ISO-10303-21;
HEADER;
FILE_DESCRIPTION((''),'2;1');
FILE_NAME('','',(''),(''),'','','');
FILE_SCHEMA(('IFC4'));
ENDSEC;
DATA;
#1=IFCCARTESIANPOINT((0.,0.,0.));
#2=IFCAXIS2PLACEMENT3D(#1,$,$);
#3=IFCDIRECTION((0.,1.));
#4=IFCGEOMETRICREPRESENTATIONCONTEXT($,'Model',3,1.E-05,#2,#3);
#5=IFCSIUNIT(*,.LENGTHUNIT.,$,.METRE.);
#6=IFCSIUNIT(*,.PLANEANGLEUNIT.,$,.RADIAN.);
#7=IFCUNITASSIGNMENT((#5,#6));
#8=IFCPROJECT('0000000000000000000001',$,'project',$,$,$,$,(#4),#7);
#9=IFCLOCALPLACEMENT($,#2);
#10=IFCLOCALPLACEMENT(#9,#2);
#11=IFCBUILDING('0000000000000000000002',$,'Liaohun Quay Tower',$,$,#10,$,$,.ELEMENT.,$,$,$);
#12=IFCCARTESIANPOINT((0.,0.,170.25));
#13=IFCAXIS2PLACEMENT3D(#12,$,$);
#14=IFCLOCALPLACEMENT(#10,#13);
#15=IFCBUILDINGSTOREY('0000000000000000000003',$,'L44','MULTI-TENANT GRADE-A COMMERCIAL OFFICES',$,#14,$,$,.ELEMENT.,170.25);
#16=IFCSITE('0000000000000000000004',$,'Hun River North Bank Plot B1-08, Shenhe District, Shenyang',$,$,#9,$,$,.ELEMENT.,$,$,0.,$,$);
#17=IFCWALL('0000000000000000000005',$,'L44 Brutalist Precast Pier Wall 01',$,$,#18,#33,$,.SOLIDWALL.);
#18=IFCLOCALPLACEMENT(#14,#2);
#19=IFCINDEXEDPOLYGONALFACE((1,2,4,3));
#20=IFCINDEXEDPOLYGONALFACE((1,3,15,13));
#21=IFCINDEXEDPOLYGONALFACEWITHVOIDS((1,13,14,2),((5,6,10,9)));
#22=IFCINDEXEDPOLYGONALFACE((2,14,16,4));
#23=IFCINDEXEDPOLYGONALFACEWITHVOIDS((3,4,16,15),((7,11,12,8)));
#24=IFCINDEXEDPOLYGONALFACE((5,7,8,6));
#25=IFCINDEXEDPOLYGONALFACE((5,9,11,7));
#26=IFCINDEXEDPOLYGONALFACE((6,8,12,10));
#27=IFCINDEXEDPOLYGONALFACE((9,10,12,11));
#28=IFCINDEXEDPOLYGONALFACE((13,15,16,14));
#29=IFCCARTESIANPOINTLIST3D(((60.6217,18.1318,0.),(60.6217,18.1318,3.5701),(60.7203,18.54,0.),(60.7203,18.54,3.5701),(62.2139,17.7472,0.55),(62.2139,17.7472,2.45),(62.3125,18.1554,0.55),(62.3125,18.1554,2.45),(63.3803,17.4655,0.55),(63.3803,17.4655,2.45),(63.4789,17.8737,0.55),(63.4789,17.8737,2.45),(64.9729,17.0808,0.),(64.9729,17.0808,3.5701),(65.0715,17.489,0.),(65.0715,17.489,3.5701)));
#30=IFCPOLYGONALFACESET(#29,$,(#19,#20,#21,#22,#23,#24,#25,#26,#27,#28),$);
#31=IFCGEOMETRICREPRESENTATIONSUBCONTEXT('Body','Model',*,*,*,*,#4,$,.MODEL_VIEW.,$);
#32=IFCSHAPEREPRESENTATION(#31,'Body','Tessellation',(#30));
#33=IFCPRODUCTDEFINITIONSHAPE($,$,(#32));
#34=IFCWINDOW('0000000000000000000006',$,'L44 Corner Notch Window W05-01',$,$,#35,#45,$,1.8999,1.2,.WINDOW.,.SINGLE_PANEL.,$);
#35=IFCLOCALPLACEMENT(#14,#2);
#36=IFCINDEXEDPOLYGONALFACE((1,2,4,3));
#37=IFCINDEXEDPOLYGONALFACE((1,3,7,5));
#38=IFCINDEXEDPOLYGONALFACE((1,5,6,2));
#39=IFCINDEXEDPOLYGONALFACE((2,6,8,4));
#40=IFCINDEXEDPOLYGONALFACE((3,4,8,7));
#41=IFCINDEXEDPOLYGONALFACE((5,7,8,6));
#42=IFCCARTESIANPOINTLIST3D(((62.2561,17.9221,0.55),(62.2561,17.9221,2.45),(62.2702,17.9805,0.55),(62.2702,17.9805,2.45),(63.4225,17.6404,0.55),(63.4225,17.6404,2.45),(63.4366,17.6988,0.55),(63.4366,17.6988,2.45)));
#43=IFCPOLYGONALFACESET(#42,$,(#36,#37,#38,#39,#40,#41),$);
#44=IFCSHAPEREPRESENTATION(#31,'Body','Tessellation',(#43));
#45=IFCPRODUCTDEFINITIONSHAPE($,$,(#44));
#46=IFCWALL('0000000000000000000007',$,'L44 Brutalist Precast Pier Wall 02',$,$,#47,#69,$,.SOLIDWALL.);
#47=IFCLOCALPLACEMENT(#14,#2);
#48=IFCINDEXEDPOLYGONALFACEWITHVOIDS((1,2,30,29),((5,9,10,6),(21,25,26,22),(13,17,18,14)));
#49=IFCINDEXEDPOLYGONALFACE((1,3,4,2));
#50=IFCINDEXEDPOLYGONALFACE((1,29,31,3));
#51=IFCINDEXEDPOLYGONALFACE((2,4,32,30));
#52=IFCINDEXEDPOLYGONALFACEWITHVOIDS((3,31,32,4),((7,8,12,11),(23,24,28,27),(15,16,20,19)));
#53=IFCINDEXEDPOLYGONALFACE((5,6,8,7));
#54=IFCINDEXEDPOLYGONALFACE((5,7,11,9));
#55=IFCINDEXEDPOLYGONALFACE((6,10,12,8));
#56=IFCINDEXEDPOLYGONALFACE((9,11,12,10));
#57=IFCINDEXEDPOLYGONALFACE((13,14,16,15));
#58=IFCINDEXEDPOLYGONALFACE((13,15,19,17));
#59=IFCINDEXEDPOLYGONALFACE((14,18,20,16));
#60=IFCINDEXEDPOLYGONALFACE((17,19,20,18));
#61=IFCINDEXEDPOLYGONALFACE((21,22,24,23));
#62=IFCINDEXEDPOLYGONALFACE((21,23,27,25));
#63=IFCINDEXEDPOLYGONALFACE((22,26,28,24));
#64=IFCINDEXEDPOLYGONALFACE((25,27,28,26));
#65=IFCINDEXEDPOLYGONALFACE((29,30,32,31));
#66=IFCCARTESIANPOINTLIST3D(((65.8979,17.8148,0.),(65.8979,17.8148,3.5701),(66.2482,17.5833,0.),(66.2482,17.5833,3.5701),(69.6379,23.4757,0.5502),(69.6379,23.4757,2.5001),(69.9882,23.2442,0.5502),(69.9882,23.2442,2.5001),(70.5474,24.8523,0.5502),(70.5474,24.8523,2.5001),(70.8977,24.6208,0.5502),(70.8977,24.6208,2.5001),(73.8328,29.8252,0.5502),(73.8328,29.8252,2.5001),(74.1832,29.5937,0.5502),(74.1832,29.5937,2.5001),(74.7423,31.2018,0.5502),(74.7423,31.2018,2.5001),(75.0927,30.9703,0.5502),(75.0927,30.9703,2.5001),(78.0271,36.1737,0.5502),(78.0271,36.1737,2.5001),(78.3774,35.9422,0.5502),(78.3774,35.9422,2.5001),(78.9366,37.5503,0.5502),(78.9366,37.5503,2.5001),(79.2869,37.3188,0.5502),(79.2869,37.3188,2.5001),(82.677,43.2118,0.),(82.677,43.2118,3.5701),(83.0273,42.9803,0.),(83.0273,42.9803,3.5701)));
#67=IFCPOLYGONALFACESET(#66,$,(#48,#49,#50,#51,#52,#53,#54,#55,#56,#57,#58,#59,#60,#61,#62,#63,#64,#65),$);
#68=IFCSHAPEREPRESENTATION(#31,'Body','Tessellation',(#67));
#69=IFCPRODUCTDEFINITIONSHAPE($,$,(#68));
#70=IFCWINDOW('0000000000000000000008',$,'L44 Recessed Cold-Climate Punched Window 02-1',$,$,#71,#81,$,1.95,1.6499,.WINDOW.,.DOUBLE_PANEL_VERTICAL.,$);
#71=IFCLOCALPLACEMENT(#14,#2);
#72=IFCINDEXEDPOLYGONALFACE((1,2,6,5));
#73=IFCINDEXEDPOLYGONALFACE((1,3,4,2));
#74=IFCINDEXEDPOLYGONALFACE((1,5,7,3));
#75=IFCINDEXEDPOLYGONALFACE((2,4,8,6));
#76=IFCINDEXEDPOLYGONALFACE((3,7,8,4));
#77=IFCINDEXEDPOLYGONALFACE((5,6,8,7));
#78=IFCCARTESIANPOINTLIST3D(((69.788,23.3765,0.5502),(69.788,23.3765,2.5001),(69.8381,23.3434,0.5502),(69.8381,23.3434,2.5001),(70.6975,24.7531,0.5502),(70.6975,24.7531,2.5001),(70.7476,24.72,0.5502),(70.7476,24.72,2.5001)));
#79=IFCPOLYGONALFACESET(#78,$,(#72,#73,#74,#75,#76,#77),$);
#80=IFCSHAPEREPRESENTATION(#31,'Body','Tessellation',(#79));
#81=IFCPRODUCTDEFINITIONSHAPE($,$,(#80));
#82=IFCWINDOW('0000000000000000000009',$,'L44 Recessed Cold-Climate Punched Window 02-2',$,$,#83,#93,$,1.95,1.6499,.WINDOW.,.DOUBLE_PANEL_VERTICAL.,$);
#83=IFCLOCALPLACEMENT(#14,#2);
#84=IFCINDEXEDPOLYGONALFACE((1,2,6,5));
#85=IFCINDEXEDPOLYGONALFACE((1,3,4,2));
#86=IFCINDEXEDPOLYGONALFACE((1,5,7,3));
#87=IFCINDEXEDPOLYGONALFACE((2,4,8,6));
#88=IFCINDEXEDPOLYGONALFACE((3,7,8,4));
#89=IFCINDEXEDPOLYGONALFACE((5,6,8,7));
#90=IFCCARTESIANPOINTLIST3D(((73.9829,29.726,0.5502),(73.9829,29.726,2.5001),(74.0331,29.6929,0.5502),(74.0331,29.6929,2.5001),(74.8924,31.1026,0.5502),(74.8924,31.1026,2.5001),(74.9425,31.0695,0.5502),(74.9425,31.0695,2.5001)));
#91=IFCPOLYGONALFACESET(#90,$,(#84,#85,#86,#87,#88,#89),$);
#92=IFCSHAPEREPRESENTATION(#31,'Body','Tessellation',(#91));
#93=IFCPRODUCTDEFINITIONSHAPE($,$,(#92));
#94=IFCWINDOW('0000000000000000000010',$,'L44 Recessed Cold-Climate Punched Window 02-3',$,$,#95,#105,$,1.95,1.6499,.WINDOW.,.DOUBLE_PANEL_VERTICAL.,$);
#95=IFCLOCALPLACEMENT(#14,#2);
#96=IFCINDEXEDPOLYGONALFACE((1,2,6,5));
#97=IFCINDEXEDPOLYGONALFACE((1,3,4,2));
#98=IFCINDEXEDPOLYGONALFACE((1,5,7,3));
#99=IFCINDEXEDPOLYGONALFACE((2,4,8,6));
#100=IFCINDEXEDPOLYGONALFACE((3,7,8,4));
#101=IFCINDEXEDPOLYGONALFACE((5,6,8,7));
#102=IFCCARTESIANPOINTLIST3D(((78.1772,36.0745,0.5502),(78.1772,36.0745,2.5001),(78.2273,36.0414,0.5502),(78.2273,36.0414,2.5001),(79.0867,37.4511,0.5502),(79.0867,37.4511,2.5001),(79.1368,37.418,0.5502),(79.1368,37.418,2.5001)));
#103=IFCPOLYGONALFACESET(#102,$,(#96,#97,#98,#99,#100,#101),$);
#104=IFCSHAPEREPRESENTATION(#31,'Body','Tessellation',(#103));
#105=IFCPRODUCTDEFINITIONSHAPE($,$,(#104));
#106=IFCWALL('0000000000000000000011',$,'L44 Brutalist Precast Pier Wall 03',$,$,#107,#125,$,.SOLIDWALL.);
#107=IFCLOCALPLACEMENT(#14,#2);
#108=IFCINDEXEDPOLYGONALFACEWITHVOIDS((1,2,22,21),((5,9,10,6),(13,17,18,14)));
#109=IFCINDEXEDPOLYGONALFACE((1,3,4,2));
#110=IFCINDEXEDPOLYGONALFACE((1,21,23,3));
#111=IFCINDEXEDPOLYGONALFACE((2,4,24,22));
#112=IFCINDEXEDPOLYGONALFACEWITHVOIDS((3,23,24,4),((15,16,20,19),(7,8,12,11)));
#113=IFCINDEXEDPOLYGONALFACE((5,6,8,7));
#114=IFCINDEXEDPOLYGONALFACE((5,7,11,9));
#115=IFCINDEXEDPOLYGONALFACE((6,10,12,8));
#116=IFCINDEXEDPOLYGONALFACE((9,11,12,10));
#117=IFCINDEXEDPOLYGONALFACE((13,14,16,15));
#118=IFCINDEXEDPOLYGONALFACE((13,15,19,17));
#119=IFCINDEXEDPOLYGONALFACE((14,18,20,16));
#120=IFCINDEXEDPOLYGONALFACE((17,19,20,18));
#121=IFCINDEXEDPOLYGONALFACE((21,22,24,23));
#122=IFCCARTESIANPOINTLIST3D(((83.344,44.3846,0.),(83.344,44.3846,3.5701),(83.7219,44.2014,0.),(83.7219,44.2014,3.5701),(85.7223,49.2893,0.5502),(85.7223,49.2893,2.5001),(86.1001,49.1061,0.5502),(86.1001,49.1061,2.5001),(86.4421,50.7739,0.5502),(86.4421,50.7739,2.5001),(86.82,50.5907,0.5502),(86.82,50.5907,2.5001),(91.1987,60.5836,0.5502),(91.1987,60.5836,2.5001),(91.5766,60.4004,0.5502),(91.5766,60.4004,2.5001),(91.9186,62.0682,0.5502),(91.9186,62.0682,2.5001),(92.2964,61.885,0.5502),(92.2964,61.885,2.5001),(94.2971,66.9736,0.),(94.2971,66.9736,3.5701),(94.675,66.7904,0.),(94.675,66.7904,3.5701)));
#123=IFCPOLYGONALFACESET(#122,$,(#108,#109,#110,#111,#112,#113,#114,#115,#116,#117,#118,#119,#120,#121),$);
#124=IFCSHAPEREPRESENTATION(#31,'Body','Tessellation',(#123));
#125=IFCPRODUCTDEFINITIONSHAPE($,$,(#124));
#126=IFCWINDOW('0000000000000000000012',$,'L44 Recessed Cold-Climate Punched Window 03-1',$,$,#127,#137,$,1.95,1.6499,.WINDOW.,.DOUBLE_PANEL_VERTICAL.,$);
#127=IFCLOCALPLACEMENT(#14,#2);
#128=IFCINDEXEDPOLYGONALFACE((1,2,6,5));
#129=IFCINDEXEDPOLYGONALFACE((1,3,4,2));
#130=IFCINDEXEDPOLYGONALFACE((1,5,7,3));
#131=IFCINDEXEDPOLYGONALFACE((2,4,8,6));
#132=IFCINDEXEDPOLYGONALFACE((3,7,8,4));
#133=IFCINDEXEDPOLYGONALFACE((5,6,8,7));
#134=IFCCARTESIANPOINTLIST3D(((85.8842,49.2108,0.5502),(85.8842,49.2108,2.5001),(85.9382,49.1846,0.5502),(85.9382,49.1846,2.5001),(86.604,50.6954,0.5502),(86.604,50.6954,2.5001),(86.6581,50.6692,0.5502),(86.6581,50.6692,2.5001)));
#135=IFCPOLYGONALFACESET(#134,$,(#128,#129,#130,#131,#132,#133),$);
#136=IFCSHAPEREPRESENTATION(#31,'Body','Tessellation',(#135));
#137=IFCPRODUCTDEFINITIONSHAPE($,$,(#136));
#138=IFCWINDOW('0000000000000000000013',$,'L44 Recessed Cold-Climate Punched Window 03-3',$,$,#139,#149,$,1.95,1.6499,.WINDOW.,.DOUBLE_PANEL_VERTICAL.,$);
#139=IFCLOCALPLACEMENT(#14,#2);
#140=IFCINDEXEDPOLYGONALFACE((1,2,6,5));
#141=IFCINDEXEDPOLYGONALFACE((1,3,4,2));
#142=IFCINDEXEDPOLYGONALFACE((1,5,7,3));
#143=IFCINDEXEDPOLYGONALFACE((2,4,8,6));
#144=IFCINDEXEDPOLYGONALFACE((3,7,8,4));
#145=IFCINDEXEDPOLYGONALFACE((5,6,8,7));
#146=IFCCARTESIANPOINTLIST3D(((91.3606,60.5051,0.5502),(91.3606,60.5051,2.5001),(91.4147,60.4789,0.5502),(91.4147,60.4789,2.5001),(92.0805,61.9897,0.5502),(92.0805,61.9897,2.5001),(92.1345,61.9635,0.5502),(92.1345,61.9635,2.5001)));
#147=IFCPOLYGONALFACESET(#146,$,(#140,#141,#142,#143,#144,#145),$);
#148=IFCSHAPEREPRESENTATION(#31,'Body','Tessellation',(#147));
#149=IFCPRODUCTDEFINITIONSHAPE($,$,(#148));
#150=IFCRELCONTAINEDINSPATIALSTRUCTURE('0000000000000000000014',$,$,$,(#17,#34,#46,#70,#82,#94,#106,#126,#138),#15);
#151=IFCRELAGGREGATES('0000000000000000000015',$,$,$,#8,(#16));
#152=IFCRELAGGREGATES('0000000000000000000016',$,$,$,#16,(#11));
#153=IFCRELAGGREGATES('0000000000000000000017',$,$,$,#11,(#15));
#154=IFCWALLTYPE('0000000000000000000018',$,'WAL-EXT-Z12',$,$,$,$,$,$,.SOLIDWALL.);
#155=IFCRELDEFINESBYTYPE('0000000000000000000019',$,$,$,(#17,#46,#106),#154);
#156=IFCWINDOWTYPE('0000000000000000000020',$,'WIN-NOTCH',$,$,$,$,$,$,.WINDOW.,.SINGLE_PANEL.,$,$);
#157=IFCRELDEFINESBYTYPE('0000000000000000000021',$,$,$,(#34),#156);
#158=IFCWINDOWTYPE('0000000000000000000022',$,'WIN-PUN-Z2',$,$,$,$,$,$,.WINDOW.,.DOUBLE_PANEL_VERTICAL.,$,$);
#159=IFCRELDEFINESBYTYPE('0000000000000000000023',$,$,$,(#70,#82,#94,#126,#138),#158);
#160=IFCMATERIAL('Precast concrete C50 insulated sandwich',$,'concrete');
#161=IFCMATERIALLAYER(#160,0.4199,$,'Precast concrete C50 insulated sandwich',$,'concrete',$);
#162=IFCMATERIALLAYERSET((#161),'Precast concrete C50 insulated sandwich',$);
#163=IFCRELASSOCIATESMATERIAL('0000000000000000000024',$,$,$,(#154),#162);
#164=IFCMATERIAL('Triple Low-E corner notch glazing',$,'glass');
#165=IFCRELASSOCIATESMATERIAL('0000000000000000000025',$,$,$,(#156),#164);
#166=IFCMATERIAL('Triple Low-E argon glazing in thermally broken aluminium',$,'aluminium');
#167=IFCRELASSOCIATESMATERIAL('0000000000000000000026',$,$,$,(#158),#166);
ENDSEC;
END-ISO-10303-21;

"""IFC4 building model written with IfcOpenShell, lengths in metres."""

from ifc_helpers import new_model, si_unit, direction, frame, frame_2d, origin, place, context, subcontext, project, spatial, rectangle, extrude, source, transform, mapped, material, layer, layer_set, type_object, element, fill, save


model = new_model("IFC4")

# Units and contexts
model_context = context("Model", 3, precision=1e-05, world=origin(), true_north=direction((0.0, 1.0)))
body_context = subcontext(model_context, "Body", "Model", "MODEL_VIEW")
ifc_project = project(units=[si_unit("LENGTHUNIT", "METRE"), si_unit("PLANEANGLEUNIT", "RADIAN")], contexts=[model_context])

# Site, building, storey
site_placement = place(None, origin())
site = spatial("IfcSite", under=ifc_project, at=site_placement, Name="Hun River North Bank Plot B1-08, Shenhe District, Shenyang", CompositionType="ELEMENT", RefElevation=0.0)
building_placement = place(site_placement, origin())
building = spatial("IfcBuilding", under=site, at=building_placement, Name="Liaohun Quay Tower", CompositionType="ELEMENT")
storey_placement = place(building_placement, frame((0.0, 0.0, 170.25)))
storey = spatial("IfcBuildingStorey", under=building, at=storey_placement, Name="L44", Description="MULTI-TENANT GRADE-A COMMERCIAL OFFICES", CompositionType="ELEMENT", Elevation=170.25)

# Wall, opening, window
ifc_material_1 = material(Name="Precast concrete C50 insulated sandwich", Category="concrete")
ifc_layer_1 = layer(ifc_material_1, 0.4199, Name="Precast concrete C50 insulated sandwich", Category="concrete")
ifc_layer_set_1 = layer_set([ifc_layer_1], Name="Precast concrete C50 insulated sandwich")
wall_type_1 = type_object("IfcWallType", Name="WAL-EXT-Z12", PredefinedType="SOLIDWALL", material=ifc_layer_set_1)
wall_1_placement = place(storey_placement, frame((60.6709, 18.3359, 0.0), z_axis=(0.0, 0.0, 1.0), x_axis=(0.972043, -0.234802, 0.0)))
wall_1 = element("IfcWall", 1, at=wall_1_placement, inside=storey, type_object=wall_type_1, Name="L44 Brutalist Precast Pier Wall 01", PredefinedType="SOLIDWALL", context=body_context, shape_type="SweptSolid", body=[
    extrude(rectangle(XDim=4.4763, YDim=0.4199, at=frame_2d((2.2383, 0.0))), origin(), (0.0, 0.0, 1.0), 3.5701),
])
shared_shape_1 = source(origin(), body_context, "Body", "SweptSolid", [
    extrude(rectangle(XDim=1.2, YDim=1.8999, at=frame_2d((0.6001, 0.95))), frame((0.0, 0.22, 0.0), z_axis=(0.0, -1.0, 0.0), x_axis=(1.0, 0.0, 0.0)), (0.0, 0.0, 1.0), 0.4399),
])
opening_1_placement = place(wall_1_placement, frame((1.6379, 0.0, 0.55)))
opening_1 = element("IfcOpeningElement", 2, at=opening_1_placement, cuts=wall_1, PredefinedType="OPENING", context=body_context, shape_type="MappedRepresentation", body=[
    mapped(shared_shape_1, transform((0.0, 0.0, 0.0), x_axis=(1.0, 0.0, 0.0), y_axis=(0.0, 1.0, 0.0), z_axis=(0.0, 0.0, 1.0), scale=1.0)),
])
ifc_material_2 = material(Name="Triple Low-E corner notch glazing", Category="glass")
window_type_1 = type_object("IfcWindowType", Name="WIN-NOTCH", PartitioningType="SINGLE_PANEL", PredefinedType="WINDOW", material=ifc_material_2)
shared_shape_2 = source(origin(), body_context, "Body", "SweptSolid", [
    extrude(rectangle(XDim=1.2, YDim=1.8999, at=frame_2d((0.6001, 0.95))), frame((0.0, 0.03, 0.0), z_axis=(0.0, -1.0, 0.0), x_axis=(1.0, 0.0, 0.0)), (0.0, 0.0, 1.0), 0.0601),
])
window_1_placement = place(opening_1_placement, origin())
window_1 = element("IfcWindow", 3, at=window_1_placement, inside=storey, type_object=window_type_1, Name="L44 Corner Notch Window W05-01", OverallHeight=1.8999, OverallWidth=1.2, PartitioningType="SINGLE_PANEL", PredefinedType="WINDOW", context=body_context, shape_type="MappedRepresentation", body=[
    mapped(shared_shape_2, transform((0.0, 0.0, 0.0), x_axis=(1.0, 0.0, 0.0), y_axis=(0.0, 1.0, 0.0), z_axis=(0.0, 0.0, 1.0), scale=1.0)),
])
fill(opening_1, window_1)

# Walls, openings, windows
wall_2_placement = place(storey_placement, frame((66.073, 17.699, 0.0), z_axis=(0.0, 0.0, 1.0), x_axis=(0.551232, 0.834352, 0.0)))
wall_2 = element("IfcWall", 4, at=wall_2_placement, inside=storey, type_object=wall_type_1, Name="L44 Brutalist Precast Pier Wall 02", PredefinedType="SOLIDWALL", context=body_context, shape_type="SweptSolid", body=[
    extrude(rectangle(XDim=30.4392, YDim=0.4199, at=frame_2d((15.2197, 0.0))), origin(), (0.0, 0.0, 1.0), 3.5701),
])
shared_shape_3 = source(origin(), body_context, "Body", "SweptSolid", [
    extrude(rectangle(XDim=1.6499, YDim=1.95, at=frame_2d((0.825, 0.9751))), frame((0.0, 0.22, 0.0), z_axis=(0.0, -1.0, 0.0), x_axis=(1.0, 0.0, 0.0)), (0.0, 0.0, 1.0), 0.4399),
])
opening_2_placement = place(wall_2_placement, frame((6.7849, 0.0, 0.55)))
opening_2 = element("IfcOpeningElement", 5, at=opening_2_placement, cuts=wall_2, PredefinedType="OPENING", context=body_context, shape_type="MappedRepresentation", body=[
    mapped(shared_shape_3, transform((0.0, 0.0, 0.0), x_axis=(1.0, 0.0, 0.0), y_axis=(0.0, 1.0, 0.0), z_axis=(0.0, 0.0, 1.0), scale=1.0)),
])
opening_3_placement = place(wall_2_placement, frame((14.395, 0.0, 0.55)))
opening_3 = element("IfcOpeningElement", 6, at=opening_3_placement, cuts=wall_2, PredefinedType="OPENING", context=body_context, shape_type="MappedRepresentation", body=[
    mapped(shared_shape_3, transform((0.0, 0.0, 0.0), x_axis=(1.0, 0.0, 0.0), y_axis=(0.0, 1.0, 0.0), z_axis=(0.0, 0.0, 1.0), scale=1.0)),
])
opening_4_placement = place(wall_2_placement, frame((22.0039, 0.0, 0.55)))
opening_4 = element("IfcOpeningElement", 7, at=opening_4_placement, cuts=wall_2, PredefinedType="OPENING", context=body_context, shape_type="MappedRepresentation", body=[
    mapped(shared_shape_3, transform((0.0, 0.0, 0.0), x_axis=(1.0, 0.0, 0.0), y_axis=(0.0, 1.0, 0.0), z_axis=(0.0, 0.0, 1.0), scale=1.0)),
])
ifc_material_3 = material(Name="Triple Low-E argon glazing in thermally broken aluminium", Category="aluminium")
window_type_2 = type_object("IfcWindowType", Name="WIN-PUN-Z2", PartitioningType="DOUBLE_PANEL_VERTICAL", PredefinedType="WINDOW", material=ifc_material_3)
shared_shape_4 = source(origin(), body_context, "Body", "SweptSolid", [
    extrude(rectangle(XDim=1.6499, YDim=1.95, at=frame_2d((0.825, 0.9751))), frame((0.0, 0.03, 0.0), z_axis=(0.0, -1.0, 0.0), x_axis=(1.0, 0.0, 0.0)), (0.0, 0.0, 1.0), 0.0601),
])
window_2_placement = place(opening_2_placement, origin())
window_2 = element("IfcWindow", 8, at=window_2_placement, inside=storey, type_object=window_type_2, Name="L44 Recessed Cold-Climate Punched Window 02-1", OverallHeight=1.95, OverallWidth=1.6499, PartitioningType="DOUBLE_PANEL_VERTICAL", PredefinedType="WINDOW", context=body_context, shape_type="MappedRepresentation", body=[
    mapped(shared_shape_4, transform((0.0, 0.0, 0.0), x_axis=(1.0, 0.0, 0.0), y_axis=(0.0, 1.0, 0.0), z_axis=(0.0, 0.0, 1.0), scale=1.0)),
])
fill(opening_2, window_2)
window_3_placement = place(opening_3_placement, origin())
window_3 = element("IfcWindow", 9, at=window_3_placement, inside=storey, type_object=window_type_2, Name="L44 Recessed Cold-Climate Punched Window 02-2", OverallHeight=1.95, OverallWidth=1.6499, PartitioningType="DOUBLE_PANEL_VERTICAL", PredefinedType="WINDOW", context=body_context, shape_type="MappedRepresentation", body=[
    mapped(shared_shape_4, transform((0.0, 0.0, 0.0), x_axis=(1.0, 0.0, 0.0), y_axis=(0.0, 1.0, 0.0), z_axis=(0.0, 0.0, 1.0), scale=1.0)),
])
fill(opening_3, window_3)
window_4_placement = place(opening_4_placement, origin())
window_4 = element("IfcWindow", 10, at=window_4_placement, inside=storey, type_object=window_type_2, Name="L44 Recessed Cold-Climate Punched Window 02-3", OverallHeight=1.95, OverallWidth=1.6499, PartitioningType="DOUBLE_PANEL_VERTICAL", PredefinedType="WINDOW", context=body_context, shape_type="MappedRepresentation", body=[
    mapped(shared_shape_4, transform((0.0, 0.0, 0.0), x_axis=(1.0, 0.0, 0.0), y_axis=(0.0, 1.0, 0.0), z_axis=(0.0, 0.0, 1.0), scale=1.0)),
])
fill(opening_4, window_4)
wall_3_placement = place(storey_placement, frame((83.533, 44.293, 0.0), z_axis=(0.0, 0.0, 1.0), x_axis=(0.4363, 0.899801, 0.0)))
wall_3 = element("IfcWall", 11, at=wall_3_placement, inside=storey, type_object=wall_type_1, Name="L44 Brutalist Precast Pier Wall 03", PredefinedType="SOLIDWALL", context=body_context, shape_type="SweptSolid", body=[
    extrude(rectangle(XDim=25.1045, YDim=0.4199, at=frame_2d((12.5522, 0.0))), origin(), (0.0, 0.0, 1.0), 3.5701),
])
opening_5_placement = place(wall_3_placement, frame((5.4509, 0.0, 0.55)))
opening_5 = element("IfcOpeningElement", 12, at=opening_5_placement, cuts=wall_3, PredefinedType="OPENING", context=body_context, shape_type="MappedRepresentation", body=[
    mapped(shared_shape_3, transform((0.0, 0.0, 0.0), x_axis=(1.0, 0.0, 0.0), y_axis=(0.0, 1.0, 0.0), z_axis=(0.0, 0.0, 1.0), scale=1.0)),
])
opening_6_placement = place(wall_3_placement, frame((18.0029, 0.0, 0.55)))
opening_6 = element("IfcOpeningElement", 13, at=opening_6_placement, cuts=wall_3, PredefinedType="OPENING", context=body_context, shape_type="MappedRepresentation", body=[
    mapped(shared_shape_3, transform((0.0, 0.0, 0.0), x_axis=(1.0, 0.0, 0.0), y_axis=(0.0, 1.0, 0.0), z_axis=(0.0, 0.0, 1.0), scale=1.0)),
])
window_5_placement = place(opening_5_placement, origin())
window_5 = element("IfcWindow", 14, at=window_5_placement, inside=storey, type_object=window_type_2, Name="L44 Recessed Cold-Climate Punched Window 03-1", OverallHeight=1.95, OverallWidth=1.6499, PartitioningType="DOUBLE_PANEL_VERTICAL", PredefinedType="WINDOW", context=body_context, shape_type="MappedRepresentation", body=[
    mapped(shared_shape_4, transform((0.0, 0.0, 0.0), x_axis=(1.0, 0.0, 0.0), y_axis=(0.0, 1.0, 0.0), z_axis=(0.0, 0.0, 1.0), scale=1.0)),
])
fill(opening_5, window_5)
window_6_placement = place(opening_6_placement, origin())
window_6 = element("IfcWindow", 15, at=window_6_placement, inside=storey, type_object=window_type_2, Name="L44 Recessed Cold-Climate Punched Window 03-3", OverallHeight=1.95, OverallWidth=1.6499, PartitioningType="DOUBLE_PANEL_VERTICAL", PredefinedType="WINDOW", context=body_context, shape_type="MappedRepresentation", body=[
    mapped(shared_shape_4, transform((0.0, 0.0, 0.0), x_axis=(1.0, 0.0, 0.0), y_axis=(0.0, 1.0, 0.0), z_axis=(0.0, 0.0, 1.0), scale=1.0)),
])
fill(opening_6, window_6)

save(model, "model.ifc")
